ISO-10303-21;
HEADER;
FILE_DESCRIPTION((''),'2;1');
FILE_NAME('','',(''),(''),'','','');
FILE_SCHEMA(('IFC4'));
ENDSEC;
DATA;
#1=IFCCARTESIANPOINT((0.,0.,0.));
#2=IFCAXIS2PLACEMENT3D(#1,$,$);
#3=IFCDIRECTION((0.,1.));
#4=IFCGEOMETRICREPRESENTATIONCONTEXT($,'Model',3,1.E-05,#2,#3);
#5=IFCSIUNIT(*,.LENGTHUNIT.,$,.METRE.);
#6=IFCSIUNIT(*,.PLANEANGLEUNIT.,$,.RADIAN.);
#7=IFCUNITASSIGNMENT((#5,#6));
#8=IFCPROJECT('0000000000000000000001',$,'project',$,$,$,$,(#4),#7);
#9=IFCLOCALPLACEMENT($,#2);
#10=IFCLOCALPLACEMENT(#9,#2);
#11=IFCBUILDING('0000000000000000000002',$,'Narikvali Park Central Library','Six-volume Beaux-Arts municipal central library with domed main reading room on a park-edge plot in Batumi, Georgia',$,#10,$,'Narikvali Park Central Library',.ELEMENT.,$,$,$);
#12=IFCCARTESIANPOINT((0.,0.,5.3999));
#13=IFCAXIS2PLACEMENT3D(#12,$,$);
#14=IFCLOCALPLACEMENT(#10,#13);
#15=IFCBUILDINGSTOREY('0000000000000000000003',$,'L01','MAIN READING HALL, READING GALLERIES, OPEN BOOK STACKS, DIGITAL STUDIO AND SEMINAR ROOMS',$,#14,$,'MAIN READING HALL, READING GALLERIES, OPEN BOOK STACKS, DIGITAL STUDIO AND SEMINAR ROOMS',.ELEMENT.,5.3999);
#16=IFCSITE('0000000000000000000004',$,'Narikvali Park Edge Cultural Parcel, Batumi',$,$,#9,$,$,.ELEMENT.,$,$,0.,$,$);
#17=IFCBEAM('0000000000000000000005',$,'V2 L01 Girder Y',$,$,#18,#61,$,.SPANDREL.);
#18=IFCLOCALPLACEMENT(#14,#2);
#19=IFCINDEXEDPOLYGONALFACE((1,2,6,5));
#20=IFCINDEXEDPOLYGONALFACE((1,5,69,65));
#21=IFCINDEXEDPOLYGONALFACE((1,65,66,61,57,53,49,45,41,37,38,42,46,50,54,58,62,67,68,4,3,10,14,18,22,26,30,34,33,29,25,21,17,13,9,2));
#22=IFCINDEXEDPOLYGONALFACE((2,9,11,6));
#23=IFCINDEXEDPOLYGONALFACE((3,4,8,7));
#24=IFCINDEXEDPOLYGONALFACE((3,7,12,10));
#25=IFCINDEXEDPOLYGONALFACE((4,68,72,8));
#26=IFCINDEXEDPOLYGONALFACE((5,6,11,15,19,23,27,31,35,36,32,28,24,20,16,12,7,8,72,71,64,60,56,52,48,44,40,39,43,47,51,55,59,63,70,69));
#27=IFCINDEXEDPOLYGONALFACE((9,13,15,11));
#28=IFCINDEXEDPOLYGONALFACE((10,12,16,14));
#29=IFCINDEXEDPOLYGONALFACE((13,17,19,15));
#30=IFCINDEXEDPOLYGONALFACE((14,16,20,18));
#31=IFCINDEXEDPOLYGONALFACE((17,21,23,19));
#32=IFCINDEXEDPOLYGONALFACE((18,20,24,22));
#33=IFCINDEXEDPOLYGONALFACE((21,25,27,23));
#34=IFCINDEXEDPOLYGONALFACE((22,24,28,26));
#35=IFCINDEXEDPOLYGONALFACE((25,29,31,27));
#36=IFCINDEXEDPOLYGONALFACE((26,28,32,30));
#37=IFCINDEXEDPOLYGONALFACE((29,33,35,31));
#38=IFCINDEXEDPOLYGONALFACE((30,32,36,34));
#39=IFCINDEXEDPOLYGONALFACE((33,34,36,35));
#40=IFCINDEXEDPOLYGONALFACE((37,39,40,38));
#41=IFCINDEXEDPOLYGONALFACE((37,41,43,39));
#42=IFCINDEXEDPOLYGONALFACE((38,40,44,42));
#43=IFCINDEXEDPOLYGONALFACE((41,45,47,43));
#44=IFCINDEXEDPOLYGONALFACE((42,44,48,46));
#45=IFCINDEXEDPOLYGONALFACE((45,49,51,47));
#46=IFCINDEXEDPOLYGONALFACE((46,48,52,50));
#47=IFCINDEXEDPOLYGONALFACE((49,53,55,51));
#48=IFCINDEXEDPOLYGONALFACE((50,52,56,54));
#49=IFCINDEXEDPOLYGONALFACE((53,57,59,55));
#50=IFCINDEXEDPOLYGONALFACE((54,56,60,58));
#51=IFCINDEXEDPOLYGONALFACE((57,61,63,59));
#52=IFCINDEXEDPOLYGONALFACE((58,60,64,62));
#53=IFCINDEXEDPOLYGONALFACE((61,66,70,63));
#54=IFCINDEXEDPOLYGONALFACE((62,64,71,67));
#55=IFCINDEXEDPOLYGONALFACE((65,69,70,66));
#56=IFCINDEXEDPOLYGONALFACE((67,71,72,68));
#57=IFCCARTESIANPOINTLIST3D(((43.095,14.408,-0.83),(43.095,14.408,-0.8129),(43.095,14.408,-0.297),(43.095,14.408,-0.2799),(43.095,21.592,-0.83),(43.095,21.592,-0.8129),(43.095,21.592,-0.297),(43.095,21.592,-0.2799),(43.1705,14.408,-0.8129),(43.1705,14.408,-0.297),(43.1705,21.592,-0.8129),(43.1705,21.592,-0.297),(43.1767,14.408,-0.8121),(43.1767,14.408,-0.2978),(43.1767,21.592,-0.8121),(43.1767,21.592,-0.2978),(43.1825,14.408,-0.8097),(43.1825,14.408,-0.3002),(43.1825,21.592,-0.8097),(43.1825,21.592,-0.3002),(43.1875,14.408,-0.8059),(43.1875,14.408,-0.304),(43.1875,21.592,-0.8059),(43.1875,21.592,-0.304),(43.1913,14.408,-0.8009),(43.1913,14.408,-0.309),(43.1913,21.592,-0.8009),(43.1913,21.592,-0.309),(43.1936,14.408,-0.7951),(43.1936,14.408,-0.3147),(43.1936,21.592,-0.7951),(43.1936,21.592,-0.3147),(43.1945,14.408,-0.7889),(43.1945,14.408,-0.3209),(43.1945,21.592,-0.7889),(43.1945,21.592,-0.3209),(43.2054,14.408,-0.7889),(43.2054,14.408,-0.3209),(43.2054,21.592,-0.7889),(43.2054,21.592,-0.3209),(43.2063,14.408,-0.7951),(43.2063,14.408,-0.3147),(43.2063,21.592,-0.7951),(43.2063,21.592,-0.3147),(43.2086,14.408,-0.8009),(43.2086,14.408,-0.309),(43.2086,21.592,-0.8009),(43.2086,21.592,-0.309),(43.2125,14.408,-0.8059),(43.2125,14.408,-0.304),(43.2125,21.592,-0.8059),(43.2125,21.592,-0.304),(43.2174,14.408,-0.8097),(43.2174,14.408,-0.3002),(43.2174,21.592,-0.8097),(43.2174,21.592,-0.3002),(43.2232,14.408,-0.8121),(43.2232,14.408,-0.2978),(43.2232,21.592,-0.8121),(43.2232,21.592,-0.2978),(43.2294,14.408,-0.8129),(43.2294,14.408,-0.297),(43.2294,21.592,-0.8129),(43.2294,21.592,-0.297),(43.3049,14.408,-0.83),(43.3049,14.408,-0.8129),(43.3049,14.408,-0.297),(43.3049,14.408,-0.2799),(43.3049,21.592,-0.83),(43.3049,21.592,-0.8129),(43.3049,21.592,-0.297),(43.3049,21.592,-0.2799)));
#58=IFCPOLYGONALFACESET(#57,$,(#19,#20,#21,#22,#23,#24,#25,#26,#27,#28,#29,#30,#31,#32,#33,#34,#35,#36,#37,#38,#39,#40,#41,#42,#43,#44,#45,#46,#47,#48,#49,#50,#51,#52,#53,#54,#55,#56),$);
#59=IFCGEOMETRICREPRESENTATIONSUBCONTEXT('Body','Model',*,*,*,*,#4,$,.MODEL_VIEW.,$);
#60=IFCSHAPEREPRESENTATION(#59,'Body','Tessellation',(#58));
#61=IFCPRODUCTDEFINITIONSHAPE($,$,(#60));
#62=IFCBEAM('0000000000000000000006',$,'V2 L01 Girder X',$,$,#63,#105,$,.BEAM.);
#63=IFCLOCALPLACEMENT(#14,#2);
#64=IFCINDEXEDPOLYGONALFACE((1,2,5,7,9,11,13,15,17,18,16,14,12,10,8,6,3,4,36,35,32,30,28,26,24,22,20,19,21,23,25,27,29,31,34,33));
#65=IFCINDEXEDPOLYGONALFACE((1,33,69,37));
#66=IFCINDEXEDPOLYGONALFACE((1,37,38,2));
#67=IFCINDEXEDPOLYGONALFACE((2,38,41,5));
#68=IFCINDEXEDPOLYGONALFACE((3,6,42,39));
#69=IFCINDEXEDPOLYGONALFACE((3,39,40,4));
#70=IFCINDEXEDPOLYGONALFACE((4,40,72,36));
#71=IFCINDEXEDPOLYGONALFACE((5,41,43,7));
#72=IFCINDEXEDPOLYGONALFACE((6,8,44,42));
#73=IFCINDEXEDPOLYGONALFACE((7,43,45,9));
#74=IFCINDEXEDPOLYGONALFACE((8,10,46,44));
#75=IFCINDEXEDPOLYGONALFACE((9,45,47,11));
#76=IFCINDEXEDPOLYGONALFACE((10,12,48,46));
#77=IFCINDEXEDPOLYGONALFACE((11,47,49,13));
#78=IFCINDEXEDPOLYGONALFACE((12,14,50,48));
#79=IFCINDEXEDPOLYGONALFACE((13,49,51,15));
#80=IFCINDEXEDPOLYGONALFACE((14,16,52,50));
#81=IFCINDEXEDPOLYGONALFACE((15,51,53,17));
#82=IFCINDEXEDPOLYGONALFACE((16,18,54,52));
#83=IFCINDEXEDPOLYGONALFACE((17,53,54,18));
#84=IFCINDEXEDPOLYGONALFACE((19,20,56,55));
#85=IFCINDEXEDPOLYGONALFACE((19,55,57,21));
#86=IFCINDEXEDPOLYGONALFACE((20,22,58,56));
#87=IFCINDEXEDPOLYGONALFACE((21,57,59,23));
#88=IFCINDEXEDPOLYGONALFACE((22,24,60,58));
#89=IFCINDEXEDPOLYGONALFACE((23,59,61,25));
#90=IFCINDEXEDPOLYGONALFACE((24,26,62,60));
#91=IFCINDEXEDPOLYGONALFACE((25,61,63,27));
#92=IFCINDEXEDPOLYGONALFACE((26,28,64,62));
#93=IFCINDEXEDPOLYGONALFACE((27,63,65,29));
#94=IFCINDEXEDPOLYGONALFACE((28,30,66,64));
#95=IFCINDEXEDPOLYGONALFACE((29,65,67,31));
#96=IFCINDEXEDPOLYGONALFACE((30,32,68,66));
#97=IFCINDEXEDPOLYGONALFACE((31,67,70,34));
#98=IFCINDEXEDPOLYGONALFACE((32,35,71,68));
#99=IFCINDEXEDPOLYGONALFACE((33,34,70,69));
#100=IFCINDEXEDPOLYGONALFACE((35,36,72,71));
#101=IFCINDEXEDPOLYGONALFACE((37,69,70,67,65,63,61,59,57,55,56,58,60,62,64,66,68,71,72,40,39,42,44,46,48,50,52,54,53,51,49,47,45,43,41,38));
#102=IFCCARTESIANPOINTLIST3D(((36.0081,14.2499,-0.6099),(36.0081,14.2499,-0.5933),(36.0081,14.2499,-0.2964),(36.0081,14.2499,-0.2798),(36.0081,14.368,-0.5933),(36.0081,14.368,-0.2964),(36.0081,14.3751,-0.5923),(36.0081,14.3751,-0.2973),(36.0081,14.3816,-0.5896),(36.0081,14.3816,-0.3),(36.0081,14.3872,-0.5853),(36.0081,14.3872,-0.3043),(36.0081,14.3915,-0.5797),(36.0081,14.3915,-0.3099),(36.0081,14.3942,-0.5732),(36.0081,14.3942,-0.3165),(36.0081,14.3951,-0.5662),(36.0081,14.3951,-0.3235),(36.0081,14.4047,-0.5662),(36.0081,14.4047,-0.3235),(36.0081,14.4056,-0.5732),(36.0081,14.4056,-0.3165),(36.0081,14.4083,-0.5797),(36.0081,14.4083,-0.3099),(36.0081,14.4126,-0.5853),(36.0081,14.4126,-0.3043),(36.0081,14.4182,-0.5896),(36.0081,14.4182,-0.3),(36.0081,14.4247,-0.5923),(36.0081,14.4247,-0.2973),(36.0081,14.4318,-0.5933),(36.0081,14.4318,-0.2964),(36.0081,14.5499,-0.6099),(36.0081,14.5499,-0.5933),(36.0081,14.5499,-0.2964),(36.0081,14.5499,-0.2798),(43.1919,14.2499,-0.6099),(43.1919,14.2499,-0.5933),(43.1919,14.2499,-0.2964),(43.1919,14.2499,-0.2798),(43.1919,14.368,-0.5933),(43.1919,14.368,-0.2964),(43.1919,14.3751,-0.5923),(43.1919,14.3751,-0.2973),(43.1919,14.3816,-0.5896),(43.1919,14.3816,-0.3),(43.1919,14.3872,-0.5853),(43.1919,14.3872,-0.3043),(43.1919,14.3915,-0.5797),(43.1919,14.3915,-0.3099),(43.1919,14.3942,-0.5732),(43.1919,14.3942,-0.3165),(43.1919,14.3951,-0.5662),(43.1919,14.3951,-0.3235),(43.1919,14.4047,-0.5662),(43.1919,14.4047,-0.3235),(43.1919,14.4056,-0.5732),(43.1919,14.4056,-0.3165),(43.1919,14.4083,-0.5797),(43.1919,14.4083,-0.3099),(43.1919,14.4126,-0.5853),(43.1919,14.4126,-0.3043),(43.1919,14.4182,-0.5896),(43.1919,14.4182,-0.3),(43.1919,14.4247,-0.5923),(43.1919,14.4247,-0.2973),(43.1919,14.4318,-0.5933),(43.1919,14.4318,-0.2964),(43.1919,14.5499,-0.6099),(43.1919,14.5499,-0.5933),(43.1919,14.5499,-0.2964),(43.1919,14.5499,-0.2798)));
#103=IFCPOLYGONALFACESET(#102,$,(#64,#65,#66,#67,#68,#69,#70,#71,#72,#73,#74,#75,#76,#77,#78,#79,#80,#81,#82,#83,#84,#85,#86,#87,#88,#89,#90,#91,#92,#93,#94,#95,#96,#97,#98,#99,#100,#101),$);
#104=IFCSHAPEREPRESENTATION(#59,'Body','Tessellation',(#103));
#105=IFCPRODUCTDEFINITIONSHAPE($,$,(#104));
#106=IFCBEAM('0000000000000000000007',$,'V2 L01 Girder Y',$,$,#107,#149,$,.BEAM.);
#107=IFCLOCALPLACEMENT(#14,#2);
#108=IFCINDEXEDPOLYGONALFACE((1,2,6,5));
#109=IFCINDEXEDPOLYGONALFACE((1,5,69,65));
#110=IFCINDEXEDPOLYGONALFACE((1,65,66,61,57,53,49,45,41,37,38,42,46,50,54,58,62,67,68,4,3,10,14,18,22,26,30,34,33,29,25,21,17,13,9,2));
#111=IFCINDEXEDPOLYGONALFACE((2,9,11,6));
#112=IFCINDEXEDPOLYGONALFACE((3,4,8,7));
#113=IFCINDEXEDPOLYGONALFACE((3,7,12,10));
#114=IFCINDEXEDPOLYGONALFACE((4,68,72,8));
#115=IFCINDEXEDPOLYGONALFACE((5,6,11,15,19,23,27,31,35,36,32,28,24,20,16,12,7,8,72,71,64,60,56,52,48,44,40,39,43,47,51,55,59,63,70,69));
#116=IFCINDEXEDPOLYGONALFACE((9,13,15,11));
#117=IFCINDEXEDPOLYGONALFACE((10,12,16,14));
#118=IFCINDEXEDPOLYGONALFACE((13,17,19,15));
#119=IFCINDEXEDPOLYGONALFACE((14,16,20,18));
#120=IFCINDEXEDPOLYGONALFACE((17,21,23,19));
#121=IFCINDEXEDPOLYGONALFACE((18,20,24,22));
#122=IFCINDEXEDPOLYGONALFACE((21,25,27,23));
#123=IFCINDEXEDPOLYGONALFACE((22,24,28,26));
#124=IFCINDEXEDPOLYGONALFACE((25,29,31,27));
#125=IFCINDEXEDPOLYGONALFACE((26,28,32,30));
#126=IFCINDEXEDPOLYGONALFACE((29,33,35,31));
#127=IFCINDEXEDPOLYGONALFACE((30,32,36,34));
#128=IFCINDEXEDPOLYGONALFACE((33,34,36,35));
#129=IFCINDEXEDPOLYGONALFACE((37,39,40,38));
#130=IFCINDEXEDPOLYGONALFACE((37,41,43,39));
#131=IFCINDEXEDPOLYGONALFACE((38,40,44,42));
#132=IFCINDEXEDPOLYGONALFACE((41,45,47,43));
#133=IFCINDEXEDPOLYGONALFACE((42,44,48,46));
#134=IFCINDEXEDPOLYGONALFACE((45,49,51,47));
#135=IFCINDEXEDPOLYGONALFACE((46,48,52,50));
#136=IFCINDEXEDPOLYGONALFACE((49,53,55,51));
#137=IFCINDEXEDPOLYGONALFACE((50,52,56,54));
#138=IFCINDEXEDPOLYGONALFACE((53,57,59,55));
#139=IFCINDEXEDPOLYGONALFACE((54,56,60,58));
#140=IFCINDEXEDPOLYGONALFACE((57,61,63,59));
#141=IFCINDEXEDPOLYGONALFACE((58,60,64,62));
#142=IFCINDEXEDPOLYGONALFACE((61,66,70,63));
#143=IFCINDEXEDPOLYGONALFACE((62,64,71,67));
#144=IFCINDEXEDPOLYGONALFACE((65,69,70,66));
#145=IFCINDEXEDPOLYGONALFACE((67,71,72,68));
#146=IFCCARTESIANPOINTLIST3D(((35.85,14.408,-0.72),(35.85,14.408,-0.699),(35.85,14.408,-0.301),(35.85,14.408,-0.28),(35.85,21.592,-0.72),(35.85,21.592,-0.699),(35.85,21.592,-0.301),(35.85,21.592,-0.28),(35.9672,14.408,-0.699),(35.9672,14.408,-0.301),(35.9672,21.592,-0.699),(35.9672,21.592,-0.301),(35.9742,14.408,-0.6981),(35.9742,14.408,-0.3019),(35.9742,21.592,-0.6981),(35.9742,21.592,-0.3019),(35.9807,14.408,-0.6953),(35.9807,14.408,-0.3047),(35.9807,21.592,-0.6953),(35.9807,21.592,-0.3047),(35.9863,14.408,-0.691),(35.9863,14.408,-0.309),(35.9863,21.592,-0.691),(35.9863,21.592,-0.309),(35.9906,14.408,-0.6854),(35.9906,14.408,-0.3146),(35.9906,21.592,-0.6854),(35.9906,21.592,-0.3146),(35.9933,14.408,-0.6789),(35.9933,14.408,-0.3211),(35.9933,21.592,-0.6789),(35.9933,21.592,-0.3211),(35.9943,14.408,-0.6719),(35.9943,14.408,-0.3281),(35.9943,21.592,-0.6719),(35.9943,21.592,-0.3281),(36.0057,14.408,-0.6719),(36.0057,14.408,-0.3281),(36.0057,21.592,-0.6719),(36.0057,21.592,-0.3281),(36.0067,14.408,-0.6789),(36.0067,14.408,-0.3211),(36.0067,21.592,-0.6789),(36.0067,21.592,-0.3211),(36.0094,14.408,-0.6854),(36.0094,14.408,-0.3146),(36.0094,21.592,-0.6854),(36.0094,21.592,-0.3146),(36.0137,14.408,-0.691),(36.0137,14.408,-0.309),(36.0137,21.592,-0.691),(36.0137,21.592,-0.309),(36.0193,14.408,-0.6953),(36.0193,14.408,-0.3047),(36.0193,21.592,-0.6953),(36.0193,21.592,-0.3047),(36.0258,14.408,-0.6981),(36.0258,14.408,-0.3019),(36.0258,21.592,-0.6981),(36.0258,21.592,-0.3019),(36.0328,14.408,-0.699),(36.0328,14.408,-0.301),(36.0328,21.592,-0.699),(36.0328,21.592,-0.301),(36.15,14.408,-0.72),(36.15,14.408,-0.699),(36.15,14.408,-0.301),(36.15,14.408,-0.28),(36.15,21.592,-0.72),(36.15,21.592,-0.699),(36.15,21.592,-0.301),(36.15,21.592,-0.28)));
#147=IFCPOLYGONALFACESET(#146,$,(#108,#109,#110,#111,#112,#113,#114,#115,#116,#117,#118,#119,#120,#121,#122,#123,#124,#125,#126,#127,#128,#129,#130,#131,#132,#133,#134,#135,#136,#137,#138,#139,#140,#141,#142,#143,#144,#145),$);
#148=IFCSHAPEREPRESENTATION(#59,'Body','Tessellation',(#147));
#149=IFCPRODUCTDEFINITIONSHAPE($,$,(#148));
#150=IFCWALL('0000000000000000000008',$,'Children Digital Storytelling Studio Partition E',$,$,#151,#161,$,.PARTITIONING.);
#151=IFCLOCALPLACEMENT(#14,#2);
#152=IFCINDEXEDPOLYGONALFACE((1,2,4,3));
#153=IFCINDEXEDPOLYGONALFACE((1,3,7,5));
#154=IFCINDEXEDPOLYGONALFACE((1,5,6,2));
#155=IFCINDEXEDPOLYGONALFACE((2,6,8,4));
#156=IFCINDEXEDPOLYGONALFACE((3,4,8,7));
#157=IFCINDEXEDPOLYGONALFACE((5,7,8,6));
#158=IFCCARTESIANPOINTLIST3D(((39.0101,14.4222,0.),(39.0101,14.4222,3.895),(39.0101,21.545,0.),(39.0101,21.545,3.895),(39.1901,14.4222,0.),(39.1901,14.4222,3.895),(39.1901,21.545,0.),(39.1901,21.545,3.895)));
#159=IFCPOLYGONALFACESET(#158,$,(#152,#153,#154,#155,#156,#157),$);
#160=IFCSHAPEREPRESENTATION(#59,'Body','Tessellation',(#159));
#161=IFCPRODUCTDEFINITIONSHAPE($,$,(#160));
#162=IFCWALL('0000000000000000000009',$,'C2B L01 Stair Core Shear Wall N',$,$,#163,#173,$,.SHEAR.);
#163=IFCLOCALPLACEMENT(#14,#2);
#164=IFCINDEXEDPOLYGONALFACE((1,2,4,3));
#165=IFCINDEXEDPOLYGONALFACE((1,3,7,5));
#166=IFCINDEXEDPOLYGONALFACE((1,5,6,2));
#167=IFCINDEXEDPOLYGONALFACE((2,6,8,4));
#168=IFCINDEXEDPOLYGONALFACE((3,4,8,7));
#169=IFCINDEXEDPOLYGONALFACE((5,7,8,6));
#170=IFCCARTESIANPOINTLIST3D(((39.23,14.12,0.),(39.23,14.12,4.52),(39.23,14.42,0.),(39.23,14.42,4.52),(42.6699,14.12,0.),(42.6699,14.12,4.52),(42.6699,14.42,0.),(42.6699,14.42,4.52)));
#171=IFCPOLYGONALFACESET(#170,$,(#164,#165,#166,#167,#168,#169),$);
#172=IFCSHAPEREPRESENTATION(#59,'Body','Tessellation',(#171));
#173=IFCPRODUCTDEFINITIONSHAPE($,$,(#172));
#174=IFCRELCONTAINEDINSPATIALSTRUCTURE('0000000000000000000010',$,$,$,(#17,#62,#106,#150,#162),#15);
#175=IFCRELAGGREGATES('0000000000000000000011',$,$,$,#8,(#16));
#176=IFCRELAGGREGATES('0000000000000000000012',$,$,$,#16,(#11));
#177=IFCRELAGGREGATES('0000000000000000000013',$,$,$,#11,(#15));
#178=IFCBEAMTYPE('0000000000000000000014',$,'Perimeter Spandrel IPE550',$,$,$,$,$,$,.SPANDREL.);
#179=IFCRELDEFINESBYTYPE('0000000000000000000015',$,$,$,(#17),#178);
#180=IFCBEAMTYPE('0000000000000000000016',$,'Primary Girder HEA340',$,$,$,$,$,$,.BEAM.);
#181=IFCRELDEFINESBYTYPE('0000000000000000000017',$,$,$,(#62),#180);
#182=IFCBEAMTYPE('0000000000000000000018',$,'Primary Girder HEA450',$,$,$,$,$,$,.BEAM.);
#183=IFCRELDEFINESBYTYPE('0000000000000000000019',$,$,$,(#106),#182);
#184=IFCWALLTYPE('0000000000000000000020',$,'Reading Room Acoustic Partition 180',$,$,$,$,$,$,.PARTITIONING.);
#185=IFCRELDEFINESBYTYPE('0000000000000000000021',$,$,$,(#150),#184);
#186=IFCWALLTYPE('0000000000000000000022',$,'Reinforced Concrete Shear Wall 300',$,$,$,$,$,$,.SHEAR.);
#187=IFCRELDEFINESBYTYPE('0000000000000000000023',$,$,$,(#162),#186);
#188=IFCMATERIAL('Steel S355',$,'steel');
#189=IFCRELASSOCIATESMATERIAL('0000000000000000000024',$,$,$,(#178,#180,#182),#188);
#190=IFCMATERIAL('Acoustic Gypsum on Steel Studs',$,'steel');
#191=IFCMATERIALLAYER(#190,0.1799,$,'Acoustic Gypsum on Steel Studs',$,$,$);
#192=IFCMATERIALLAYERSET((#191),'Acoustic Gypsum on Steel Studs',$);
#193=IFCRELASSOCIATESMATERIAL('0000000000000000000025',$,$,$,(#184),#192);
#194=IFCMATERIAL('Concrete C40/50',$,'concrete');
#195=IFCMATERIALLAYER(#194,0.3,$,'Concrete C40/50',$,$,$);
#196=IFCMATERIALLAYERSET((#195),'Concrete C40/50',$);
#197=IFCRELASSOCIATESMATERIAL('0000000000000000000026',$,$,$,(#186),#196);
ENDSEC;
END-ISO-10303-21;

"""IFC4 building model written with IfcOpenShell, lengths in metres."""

from ifc_helpers import new_model, si_unit, direction, frame, frame_2d, origin, origin_2d, place, context, subcontext, project, spatial, rectangle, i_section, extrude, material, layer, layer_set, material_profile, profile_set, type_object, element, save


model = new_model("IFC4")

# Units and contexts
model_context = context("Model", 3, precision=1e-05, world=origin(), true_north=direction((0.0, 1.0)))
body_context = subcontext(model_context, "Body", "Model", "MODEL_VIEW")
ifc_project = project(units=[si_unit("LENGTHUNIT", "METRE"), si_unit("PLANEANGLEUNIT", "RADIAN")], contexts=[model_context])

# Site, building, storey
site_placement = place(None, origin())
site = spatial("IfcSite", under=ifc_project, at=site_placement, Name="Narikvali Park Edge Cultural Parcel, Batumi", CompositionType="ELEMENT", RefElevation=0.0)
building_placement = place(site_placement, origin())
building = spatial("IfcBuilding", under=site, at=building_placement, Name="Narikvali Park Central Library", Description="Six-volume Beaux-Arts municipal central library with domed main reading room on a park-edge plot in Batumi, Georgia", LongName="Narikvali Park Central Library", CompositionType="ELEMENT")
storey_placement = place(building_placement, frame((0.0, 0.0, 5.3999)))
storey = spatial("IfcBuildingStorey", under=building, at=storey_placement, Name="L01", Description="MAIN READING HALL, READING GALLERIES, OPEN BOOK STACKS, DIGITAL STUDIO AND SEMINAR ROOMS", LongName="MAIN READING HALL, READING GALLERIES, OPEN BOOK STACKS, DIGITAL STUDIO AND SEMINAR ROOMS", CompositionType="ELEMENT", Elevation=5.3999)

# Shared definitions
ifc_material_1 = material(Name="Steel S355", Category="steel")

# Beams
ifc_material_profile_1 = material_profile(ifc_material_1, i_section(OverallWidth=0.21, OverallDepth=0.55, WebThickness=0.011, FlangeThickness=0.0171, FilletRadius=0.0239, at=origin_2d()), Name="IPE 550")
ifc_profile_set_1 = profile_set([ifc_material_profile_1], Name="Steel S355")
beam_type_1 = type_object("IfcBeamType", Name="Perimeter Spandrel IPE550", PredefinedType="SPANDREL", material=ifc_profile_set_1)
beam_1_placement = place(storey_placement, frame((43.2, 14.408, -0.5549), z_axis=(0.0, 1.0, 0.0), x_axis=(-1.0, 0.0, 0.0)))
element("IfcBeam", 1, at=beam_1_placement, inside=storey, type_object=beam_type_1, Name="V2 L01 Girder Y", PredefinedType="SPANDREL", context=body_context, shape_type="SweptSolid", body=[
    extrude(i_section(OverallWidth=0.21, OverallDepth=0.55, WebThickness=0.011, FlangeThickness=0.0171, FilletRadius=0.0239, at=origin_2d()), origin(), (0.0, 0.0, 1.0), 7.1841),
])
ifc_material_profile_2 = material_profile(ifc_material_1, i_section(OverallWidth=0.3, OverallDepth=0.3301, WebThickness=0.0095, FlangeThickness=0.0166, FilletRadius=0.0271, at=origin_2d()), Name="HEA 340")
ifc_profile_set_2 = profile_set([ifc_material_profile_2], Name="Steel S355")
beam_type_2 = type_object("IfcBeamType", Name="Primary Girder HEA340", PredefinedType="BEAM", material=ifc_profile_set_2)
beam_2_placement = place(storey_placement, frame((36.0081, 14.3999, -0.4448), z_axis=(1.0, 0.0, 0.0), x_axis=(0.0, 1.0, 0.0)))
element("IfcBeam", 2, at=beam_2_placement, inside=storey, type_object=beam_type_2, Name="V2 L01 Girder X", PredefinedType="BEAM", context=body_context, shape_type="SweptSolid", body=[
    extrude(i_section(OverallWidth=0.3, OverallDepth=0.3301, WebThickness=0.0095, FlangeThickness=0.0166, FilletRadius=0.0271, at=origin_2d()), origin(), (0.0, 0.0, 1.0), 7.1838),
])
ifc_material_profile_3 = material_profile(ifc_material_1, i_section(OverallWidth=0.3, OverallDepth=0.4399, WebThickness=0.0115, FlangeThickness=0.021, FilletRadius=0.0271, at=origin_2d()), Name="HEA 450")
ifc_profile_set_3 = profile_set([ifc_material_profile_3], Name="Steel S355")
beam_type_3 = type_object("IfcBeamType", Name="Primary Girder HEA450", PredefinedType="BEAM", material=ifc_profile_set_3)
beam_3_placement = place(storey_placement, frame((36.0, 14.408, -0.5), z_axis=(0.0, 1.0, 0.0), x_axis=(-1.0, 0.0, 0.0)))
element("IfcBeam", 3, at=beam_3_placement, inside=storey, type_object=beam_type_3, Name="V2 L01 Girder Y", PredefinedType="BEAM", context=body_context, shape_type="SweptSolid", body=[
    extrude(i_section(OverallWidth=0.3, OverallDepth=0.4399, WebThickness=0.0115, FlangeThickness=0.021, FilletRadius=0.0271, at=origin_2d()), origin(), (0.0, 0.0, 1.0), 7.1841),
])

# Walls
ifc_material_2 = material(Name="Acoustic Gypsum on Steel Studs", Category="steel")
ifc_layer_1 = layer(ifc_material_2, 0.1799, Name="Acoustic Gypsum on Steel Studs")
ifc_layer_set_1 = layer_set([ifc_layer_1], Name="Acoustic Gypsum on Steel Studs")
wall_type_1 = type_object("IfcWallType", Name="Reading Room Acoustic Partition 180", PredefinedType="PARTITIONING", material=ifc_layer_set_1)
wall_1_placement = place(storey_placement, frame((39.1001, 14.4221, 0.0), z_axis=(0.0, 0.0, 1.0), x_axis=(0.0, 1.0, 0.0)))
element("IfcWall", 4, at=wall_1_placement, inside=storey, type_object=wall_type_1, Name="Children Digital Storytelling Studio Partition E", PredefinedType="PARTITIONING", context=body_context, shape_type="SweptSolid", body=[
    extrude(rectangle(XDim=7.1228, YDim=0.1799, at=frame_2d((3.5615, 0.0))), origin(), (0.0, 0.0, 1.0), 3.895),
])
ifc_material_3 = material(Name="Concrete C40/50", Category="concrete")
ifc_layer_2 = layer(ifc_material_3, 0.3, Name="Concrete C40/50")
ifc_layer_set_2 = layer_set([ifc_layer_2], Name="Concrete C40/50")
wall_type_2 = type_object("IfcWallType", Name="Reinforced Concrete Shear Wall 300", PredefinedType="SHEAR", material=ifc_layer_set_2)
wall_2_placement = place(storey_placement, frame((42.6699, 14.27, 0.0), z_axis=(0.0, 0.0, 1.0), x_axis=(-1.0, 0.0, 0.0)))
element("IfcWall", 5, at=wall_2_placement, inside=storey, type_object=wall_type_2, Name="C2B L01 Stair Core Shear Wall N", PredefinedType="SHEAR", context=body_context, shape_type="SweptSolid", body=[
    extrude(rectangle(XDim=3.4399, YDim=0.3, at=frame_2d((1.72, 0.0))), origin(), (0.0, 0.0, 1.0), 4.52),
])

save(model, "model.ifc")
